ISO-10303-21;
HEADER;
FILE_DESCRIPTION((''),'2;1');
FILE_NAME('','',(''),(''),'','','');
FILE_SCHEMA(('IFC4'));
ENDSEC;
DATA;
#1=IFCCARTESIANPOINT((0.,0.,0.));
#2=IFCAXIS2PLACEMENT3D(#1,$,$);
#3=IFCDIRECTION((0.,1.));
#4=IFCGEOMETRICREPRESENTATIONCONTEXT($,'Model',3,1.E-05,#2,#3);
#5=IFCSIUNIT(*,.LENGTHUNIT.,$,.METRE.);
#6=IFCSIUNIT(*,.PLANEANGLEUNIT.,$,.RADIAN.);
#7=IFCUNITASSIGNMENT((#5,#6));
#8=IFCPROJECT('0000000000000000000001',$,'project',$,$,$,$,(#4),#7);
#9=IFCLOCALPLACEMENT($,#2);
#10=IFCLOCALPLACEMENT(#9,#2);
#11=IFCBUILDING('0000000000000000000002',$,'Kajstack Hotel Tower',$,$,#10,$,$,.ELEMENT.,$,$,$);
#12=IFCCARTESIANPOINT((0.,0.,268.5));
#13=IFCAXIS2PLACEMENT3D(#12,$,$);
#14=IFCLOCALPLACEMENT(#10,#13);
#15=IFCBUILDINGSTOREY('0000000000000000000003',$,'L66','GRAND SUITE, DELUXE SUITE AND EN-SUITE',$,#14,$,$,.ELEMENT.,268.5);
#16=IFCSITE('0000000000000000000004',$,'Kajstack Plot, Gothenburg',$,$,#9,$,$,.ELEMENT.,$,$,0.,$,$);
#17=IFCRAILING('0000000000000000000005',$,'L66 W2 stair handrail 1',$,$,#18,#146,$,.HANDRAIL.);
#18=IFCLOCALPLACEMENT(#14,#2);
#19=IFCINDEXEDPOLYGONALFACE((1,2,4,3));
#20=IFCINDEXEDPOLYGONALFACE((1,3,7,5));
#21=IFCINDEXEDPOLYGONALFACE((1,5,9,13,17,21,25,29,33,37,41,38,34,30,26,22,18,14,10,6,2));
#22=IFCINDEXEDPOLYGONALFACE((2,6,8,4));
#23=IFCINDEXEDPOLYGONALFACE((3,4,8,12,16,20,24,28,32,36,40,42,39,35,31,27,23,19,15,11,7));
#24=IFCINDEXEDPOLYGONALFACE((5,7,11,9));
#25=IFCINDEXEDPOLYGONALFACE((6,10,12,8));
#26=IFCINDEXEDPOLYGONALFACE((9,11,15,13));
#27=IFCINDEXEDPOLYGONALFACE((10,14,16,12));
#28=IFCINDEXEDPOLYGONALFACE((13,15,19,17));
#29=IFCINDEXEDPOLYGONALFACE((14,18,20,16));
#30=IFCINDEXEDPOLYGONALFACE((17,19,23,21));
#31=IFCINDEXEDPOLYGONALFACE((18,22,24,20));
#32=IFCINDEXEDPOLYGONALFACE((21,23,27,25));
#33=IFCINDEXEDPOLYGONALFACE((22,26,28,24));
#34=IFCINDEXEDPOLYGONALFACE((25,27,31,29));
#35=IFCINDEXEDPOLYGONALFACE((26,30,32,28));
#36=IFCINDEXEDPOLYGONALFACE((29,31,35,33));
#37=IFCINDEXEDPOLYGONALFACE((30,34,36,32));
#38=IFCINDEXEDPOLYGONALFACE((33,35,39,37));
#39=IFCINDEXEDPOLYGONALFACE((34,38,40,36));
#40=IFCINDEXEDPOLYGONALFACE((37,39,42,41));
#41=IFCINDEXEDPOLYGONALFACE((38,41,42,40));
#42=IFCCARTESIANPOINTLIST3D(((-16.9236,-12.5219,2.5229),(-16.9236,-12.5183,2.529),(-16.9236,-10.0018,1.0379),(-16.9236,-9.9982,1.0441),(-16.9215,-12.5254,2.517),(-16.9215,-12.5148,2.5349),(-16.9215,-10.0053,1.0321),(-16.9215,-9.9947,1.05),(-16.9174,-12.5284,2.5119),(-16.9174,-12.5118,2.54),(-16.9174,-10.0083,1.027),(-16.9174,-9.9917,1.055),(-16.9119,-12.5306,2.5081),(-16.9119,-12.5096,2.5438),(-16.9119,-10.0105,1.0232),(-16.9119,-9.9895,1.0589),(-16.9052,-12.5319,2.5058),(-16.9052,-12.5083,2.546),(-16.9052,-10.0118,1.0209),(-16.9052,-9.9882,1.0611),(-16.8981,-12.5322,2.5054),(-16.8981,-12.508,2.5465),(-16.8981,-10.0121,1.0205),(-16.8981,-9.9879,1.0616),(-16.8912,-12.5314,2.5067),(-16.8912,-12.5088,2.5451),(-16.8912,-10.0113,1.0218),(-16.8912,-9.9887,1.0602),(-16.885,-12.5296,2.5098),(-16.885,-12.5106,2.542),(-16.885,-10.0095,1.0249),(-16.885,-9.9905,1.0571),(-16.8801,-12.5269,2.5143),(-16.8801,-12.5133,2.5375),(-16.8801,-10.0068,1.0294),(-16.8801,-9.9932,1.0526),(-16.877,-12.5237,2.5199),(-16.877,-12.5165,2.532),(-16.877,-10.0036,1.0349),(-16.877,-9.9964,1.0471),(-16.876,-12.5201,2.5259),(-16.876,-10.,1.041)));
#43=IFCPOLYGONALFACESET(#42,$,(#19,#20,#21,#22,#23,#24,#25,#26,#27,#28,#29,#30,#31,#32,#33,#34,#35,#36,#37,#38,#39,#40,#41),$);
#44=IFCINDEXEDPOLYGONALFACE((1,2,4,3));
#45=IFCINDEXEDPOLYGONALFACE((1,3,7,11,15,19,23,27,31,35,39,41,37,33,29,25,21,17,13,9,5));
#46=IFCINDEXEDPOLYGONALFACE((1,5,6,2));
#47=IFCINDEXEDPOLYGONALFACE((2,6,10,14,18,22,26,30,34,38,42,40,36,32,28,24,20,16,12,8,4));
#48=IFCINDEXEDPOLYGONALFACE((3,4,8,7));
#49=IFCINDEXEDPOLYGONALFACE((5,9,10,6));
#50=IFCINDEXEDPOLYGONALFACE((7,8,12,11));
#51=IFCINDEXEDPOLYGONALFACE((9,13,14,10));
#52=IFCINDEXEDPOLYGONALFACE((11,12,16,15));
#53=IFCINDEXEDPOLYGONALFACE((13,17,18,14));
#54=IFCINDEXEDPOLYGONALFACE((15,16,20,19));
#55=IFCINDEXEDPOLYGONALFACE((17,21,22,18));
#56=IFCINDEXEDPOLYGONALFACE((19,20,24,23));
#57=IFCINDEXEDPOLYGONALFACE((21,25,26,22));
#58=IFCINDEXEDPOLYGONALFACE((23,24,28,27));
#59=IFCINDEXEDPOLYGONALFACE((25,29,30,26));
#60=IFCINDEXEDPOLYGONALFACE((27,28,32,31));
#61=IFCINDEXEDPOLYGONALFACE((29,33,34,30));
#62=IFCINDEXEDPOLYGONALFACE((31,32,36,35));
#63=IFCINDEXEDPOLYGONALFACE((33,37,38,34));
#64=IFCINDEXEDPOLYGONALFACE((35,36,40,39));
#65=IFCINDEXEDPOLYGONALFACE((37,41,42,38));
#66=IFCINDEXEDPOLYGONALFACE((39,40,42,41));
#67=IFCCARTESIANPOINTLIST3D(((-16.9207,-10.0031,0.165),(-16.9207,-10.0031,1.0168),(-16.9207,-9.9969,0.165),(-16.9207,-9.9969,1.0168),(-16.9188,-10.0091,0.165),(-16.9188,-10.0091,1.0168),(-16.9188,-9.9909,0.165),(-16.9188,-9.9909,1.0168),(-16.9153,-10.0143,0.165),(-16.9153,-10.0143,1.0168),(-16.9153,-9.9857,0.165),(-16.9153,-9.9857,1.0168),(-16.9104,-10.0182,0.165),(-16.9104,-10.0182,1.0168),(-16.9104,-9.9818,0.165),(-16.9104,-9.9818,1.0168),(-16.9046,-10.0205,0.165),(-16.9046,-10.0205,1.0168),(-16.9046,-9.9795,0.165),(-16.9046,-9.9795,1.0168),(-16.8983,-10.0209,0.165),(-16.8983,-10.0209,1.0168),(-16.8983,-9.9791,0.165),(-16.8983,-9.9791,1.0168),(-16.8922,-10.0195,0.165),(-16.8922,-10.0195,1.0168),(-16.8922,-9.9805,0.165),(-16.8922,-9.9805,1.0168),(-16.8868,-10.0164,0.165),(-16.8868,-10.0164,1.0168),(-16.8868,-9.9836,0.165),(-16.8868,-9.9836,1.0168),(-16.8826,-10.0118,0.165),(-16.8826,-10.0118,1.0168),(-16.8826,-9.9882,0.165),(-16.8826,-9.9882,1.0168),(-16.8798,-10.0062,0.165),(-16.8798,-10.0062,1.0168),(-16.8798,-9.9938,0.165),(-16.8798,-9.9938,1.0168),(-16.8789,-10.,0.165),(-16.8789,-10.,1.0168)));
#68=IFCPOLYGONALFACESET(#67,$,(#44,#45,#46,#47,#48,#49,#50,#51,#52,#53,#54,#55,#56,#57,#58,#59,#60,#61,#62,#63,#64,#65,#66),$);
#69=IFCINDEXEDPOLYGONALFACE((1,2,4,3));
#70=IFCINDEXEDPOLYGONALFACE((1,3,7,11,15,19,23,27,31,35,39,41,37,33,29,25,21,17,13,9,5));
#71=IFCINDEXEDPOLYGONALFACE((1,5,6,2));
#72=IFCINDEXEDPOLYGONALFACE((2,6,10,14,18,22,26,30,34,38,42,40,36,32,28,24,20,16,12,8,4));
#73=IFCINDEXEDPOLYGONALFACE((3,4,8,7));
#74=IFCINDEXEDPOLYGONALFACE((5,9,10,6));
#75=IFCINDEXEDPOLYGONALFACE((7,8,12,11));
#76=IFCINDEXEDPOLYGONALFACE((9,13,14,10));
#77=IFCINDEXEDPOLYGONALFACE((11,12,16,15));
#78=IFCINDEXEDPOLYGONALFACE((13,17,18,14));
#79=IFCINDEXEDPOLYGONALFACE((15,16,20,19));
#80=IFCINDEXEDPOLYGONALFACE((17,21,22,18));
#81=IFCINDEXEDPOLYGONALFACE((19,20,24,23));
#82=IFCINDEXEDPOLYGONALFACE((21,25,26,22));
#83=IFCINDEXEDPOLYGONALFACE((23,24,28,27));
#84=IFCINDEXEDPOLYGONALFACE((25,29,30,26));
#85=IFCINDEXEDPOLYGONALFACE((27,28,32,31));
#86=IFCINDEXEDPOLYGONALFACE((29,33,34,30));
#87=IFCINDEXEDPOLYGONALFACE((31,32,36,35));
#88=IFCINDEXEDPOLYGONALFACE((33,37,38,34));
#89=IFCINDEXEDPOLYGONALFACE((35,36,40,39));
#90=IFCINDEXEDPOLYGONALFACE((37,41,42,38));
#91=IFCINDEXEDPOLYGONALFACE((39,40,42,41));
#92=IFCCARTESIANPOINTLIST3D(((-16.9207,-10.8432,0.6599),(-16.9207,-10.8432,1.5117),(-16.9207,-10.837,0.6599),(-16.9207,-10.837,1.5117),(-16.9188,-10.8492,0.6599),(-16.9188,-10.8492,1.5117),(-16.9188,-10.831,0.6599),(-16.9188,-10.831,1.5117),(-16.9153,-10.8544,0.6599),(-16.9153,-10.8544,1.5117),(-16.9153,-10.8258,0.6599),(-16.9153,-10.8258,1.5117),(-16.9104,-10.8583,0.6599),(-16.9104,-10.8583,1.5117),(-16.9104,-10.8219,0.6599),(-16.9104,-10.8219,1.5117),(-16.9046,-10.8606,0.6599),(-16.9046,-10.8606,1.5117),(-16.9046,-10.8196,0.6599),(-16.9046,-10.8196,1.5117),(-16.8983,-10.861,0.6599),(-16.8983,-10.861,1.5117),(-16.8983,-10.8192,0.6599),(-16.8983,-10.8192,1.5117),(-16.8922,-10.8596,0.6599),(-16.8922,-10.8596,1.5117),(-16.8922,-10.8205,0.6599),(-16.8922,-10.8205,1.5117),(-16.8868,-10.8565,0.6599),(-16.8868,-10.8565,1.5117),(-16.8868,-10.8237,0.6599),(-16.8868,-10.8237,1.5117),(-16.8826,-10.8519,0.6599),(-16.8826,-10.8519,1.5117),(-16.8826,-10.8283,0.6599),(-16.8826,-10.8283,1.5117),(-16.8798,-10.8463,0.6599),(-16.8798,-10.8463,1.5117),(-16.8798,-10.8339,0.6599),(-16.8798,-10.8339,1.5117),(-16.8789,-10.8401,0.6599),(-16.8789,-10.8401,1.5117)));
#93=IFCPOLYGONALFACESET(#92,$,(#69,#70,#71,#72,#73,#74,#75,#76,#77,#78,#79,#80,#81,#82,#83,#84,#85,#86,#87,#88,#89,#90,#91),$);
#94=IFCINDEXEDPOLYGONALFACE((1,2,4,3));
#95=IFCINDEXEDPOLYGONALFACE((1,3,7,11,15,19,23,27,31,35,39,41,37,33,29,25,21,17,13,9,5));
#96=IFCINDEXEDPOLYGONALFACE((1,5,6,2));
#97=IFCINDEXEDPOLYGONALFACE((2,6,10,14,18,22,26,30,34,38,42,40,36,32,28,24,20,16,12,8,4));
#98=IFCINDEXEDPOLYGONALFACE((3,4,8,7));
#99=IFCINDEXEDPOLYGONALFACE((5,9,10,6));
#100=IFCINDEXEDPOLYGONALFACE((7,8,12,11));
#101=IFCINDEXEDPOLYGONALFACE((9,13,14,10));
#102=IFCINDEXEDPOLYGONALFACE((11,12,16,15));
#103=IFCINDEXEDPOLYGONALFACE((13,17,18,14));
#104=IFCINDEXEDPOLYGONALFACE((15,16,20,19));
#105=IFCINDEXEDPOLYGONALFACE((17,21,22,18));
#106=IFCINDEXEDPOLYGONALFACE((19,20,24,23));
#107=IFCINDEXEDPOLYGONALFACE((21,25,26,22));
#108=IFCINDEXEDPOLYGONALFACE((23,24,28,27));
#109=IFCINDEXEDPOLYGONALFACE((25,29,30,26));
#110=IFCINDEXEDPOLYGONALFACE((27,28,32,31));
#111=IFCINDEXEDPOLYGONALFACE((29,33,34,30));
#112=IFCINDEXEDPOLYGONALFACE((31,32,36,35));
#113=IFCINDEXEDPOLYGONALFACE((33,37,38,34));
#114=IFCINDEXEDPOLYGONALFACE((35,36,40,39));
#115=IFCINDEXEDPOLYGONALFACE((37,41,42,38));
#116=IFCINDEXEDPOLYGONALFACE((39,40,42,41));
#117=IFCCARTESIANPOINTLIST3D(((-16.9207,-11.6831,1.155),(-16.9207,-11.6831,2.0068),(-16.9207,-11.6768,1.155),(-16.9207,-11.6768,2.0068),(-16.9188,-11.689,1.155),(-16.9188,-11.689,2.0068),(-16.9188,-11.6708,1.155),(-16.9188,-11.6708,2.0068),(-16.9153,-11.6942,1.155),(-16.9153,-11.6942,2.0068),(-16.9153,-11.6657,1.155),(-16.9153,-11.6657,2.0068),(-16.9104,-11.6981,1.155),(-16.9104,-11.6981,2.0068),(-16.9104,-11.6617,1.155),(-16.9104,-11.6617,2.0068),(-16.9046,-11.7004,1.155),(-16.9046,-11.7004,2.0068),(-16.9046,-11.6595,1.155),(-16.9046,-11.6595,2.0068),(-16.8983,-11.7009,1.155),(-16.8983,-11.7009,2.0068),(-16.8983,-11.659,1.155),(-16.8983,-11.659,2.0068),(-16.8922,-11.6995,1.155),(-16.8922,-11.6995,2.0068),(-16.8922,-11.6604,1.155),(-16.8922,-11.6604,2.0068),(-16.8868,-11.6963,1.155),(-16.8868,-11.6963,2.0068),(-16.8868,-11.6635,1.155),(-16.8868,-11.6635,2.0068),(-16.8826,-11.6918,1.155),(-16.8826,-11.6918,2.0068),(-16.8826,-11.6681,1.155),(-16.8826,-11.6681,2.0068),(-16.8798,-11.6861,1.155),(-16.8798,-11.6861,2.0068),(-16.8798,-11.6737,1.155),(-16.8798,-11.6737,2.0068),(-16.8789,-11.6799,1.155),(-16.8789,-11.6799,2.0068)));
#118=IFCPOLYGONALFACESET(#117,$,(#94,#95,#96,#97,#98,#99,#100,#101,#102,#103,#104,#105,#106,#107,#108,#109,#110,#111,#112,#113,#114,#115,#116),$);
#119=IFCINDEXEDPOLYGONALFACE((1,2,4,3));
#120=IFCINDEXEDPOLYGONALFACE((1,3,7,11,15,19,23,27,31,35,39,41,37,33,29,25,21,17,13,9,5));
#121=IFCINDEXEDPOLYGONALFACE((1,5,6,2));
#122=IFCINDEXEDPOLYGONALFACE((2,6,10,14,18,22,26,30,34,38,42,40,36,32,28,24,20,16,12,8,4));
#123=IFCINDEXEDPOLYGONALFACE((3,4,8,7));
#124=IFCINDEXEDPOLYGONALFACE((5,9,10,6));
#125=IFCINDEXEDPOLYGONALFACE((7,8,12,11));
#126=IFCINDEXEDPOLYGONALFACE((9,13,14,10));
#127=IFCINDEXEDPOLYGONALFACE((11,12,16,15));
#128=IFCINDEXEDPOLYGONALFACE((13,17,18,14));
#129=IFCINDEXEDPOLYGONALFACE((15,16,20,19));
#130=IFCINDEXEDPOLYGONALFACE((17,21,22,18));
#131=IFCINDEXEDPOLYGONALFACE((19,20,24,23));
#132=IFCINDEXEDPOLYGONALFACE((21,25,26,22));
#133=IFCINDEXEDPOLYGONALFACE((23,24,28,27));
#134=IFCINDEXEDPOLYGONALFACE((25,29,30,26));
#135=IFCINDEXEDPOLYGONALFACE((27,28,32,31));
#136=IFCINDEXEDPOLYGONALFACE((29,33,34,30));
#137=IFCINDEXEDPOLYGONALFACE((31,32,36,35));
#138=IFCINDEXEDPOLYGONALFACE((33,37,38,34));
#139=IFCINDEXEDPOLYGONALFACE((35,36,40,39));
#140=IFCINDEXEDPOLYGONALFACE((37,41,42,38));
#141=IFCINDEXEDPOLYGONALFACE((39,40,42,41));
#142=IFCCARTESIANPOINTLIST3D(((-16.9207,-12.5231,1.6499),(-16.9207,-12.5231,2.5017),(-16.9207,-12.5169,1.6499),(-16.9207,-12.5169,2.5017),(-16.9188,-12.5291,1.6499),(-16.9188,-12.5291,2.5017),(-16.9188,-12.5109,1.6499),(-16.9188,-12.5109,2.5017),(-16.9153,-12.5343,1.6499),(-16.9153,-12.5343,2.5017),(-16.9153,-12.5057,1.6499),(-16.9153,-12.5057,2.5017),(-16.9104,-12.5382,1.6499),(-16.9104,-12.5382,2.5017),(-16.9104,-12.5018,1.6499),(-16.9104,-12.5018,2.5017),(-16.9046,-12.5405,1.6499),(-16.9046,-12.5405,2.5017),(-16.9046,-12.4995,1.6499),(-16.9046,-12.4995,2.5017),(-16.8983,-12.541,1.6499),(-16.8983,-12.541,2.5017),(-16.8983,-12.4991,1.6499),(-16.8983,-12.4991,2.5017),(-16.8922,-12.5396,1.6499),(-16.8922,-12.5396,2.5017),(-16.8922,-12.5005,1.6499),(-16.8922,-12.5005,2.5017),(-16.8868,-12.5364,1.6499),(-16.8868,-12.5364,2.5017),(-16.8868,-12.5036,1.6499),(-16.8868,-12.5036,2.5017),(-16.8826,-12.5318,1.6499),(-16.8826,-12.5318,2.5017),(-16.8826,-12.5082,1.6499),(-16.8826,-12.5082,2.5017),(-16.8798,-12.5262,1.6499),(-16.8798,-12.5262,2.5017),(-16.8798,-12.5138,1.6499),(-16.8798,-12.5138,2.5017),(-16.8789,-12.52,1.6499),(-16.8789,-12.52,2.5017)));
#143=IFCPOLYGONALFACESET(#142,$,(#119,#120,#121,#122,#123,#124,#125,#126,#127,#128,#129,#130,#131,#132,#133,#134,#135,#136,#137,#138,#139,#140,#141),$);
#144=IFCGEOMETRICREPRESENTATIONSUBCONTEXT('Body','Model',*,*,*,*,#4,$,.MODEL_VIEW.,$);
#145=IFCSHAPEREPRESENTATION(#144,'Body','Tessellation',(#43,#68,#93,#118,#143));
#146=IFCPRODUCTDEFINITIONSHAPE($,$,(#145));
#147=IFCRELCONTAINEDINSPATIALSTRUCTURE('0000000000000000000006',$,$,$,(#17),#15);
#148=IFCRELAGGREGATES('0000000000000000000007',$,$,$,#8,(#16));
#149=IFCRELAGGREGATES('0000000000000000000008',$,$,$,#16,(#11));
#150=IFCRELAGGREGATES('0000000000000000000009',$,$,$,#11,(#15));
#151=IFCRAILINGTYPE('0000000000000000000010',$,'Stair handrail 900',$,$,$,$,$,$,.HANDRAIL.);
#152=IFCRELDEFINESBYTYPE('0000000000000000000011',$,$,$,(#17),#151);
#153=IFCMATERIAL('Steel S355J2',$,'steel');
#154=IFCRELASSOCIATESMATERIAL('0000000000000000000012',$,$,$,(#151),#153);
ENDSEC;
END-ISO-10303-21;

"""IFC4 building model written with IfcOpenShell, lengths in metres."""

from ifc_helpers import new_model, si_unit, direction, frame, origin, origin_2d, place, context, subcontext, project, spatial, circle, extrude, material, type_object, element, save


model = new_model("IFC4")

# Units and contexts
model_context = context("Model", 3, precision=1e-05, world=origin(), true_north=direction((0.0, 1.0)))
body_context = subcontext(model_context, "Body", "Model", "MODEL_VIEW")
ifc_project = project(units=[si_unit("LENGTHUNIT", "METRE"), si_unit("PLANEANGLEUNIT", "RADIAN")], contexts=[model_context])

# Site, building, storey
site_placement = place(None, origin())
site = spatial("IfcSite", under=ifc_project, at=site_placement, Name="Kajstack Plot, Gothenburg", CompositionType="ELEMENT", RefElevation=0.0)
building_placement = place(site_placement, origin())
building = spatial("IfcBuilding", under=site, at=building_placement, Name="Kajstack Hotel Tower", CompositionType="ELEMENT")
storey_placement = place(building_placement, frame((0.0, 0.0, 268.5)))
storey = spatial("IfcBuildingStorey", under=building, at=storey_placement, Name="L66", Description="GRAND SUITE, DELUXE SUITE AND EN-SUITE", CompositionType="ELEMENT", Elevation=268.5)

# Railing
ifc_material_1 = material(Name="Steel S355J2", Category="steel")
railing_type_1 = type_object("IfcRailingType", Name="Stair handrail 900", PredefinedType="HANDRAIL", material=ifc_material_1)
railing_1_placement = place(storey_placement, frame((-16.8999, -10.0, 0.165)))
element("IfcRailing", 1, at=railing_1_placement, inside=storey, type_object=railing_type_1, Name="L66 W2 stair handrail 1", PredefinedType="HANDRAIL", context=body_context, shape_type="SweptSolid", body=[
    extrude(circle(Radius=0.0239, at=origin_2d()), frame((0.0, 0.0, 0.876), z_axis=(0.0, -0.861561, 0.507655), x_axis=(1.0, 0.0, 0.0)), (0.0, 0.0, 1.0), 2.925),
    extrude(circle(Radius=0.021, at=origin_2d()), origin(), (0.0, 0.0, 1.0), 0.8518),
    extrude(circle(Radius=0.021, at=origin_2d()), frame((0.0, -0.8401, 0.4949)), (0.0, 0.0, 1.0), 0.8518),
    extrude(circle(Radius=0.021, at=origin_2d()), frame((0.0, -1.6799, 0.99)), (0.0, 0.0, 1.0), 0.8518),
    extrude(circle(Radius=0.021, at=origin_2d()), frame((0.0, -2.52, 1.4849)), (0.0, 0.0, 1.0), 0.8518),
])

save(model, "model.ifc")
